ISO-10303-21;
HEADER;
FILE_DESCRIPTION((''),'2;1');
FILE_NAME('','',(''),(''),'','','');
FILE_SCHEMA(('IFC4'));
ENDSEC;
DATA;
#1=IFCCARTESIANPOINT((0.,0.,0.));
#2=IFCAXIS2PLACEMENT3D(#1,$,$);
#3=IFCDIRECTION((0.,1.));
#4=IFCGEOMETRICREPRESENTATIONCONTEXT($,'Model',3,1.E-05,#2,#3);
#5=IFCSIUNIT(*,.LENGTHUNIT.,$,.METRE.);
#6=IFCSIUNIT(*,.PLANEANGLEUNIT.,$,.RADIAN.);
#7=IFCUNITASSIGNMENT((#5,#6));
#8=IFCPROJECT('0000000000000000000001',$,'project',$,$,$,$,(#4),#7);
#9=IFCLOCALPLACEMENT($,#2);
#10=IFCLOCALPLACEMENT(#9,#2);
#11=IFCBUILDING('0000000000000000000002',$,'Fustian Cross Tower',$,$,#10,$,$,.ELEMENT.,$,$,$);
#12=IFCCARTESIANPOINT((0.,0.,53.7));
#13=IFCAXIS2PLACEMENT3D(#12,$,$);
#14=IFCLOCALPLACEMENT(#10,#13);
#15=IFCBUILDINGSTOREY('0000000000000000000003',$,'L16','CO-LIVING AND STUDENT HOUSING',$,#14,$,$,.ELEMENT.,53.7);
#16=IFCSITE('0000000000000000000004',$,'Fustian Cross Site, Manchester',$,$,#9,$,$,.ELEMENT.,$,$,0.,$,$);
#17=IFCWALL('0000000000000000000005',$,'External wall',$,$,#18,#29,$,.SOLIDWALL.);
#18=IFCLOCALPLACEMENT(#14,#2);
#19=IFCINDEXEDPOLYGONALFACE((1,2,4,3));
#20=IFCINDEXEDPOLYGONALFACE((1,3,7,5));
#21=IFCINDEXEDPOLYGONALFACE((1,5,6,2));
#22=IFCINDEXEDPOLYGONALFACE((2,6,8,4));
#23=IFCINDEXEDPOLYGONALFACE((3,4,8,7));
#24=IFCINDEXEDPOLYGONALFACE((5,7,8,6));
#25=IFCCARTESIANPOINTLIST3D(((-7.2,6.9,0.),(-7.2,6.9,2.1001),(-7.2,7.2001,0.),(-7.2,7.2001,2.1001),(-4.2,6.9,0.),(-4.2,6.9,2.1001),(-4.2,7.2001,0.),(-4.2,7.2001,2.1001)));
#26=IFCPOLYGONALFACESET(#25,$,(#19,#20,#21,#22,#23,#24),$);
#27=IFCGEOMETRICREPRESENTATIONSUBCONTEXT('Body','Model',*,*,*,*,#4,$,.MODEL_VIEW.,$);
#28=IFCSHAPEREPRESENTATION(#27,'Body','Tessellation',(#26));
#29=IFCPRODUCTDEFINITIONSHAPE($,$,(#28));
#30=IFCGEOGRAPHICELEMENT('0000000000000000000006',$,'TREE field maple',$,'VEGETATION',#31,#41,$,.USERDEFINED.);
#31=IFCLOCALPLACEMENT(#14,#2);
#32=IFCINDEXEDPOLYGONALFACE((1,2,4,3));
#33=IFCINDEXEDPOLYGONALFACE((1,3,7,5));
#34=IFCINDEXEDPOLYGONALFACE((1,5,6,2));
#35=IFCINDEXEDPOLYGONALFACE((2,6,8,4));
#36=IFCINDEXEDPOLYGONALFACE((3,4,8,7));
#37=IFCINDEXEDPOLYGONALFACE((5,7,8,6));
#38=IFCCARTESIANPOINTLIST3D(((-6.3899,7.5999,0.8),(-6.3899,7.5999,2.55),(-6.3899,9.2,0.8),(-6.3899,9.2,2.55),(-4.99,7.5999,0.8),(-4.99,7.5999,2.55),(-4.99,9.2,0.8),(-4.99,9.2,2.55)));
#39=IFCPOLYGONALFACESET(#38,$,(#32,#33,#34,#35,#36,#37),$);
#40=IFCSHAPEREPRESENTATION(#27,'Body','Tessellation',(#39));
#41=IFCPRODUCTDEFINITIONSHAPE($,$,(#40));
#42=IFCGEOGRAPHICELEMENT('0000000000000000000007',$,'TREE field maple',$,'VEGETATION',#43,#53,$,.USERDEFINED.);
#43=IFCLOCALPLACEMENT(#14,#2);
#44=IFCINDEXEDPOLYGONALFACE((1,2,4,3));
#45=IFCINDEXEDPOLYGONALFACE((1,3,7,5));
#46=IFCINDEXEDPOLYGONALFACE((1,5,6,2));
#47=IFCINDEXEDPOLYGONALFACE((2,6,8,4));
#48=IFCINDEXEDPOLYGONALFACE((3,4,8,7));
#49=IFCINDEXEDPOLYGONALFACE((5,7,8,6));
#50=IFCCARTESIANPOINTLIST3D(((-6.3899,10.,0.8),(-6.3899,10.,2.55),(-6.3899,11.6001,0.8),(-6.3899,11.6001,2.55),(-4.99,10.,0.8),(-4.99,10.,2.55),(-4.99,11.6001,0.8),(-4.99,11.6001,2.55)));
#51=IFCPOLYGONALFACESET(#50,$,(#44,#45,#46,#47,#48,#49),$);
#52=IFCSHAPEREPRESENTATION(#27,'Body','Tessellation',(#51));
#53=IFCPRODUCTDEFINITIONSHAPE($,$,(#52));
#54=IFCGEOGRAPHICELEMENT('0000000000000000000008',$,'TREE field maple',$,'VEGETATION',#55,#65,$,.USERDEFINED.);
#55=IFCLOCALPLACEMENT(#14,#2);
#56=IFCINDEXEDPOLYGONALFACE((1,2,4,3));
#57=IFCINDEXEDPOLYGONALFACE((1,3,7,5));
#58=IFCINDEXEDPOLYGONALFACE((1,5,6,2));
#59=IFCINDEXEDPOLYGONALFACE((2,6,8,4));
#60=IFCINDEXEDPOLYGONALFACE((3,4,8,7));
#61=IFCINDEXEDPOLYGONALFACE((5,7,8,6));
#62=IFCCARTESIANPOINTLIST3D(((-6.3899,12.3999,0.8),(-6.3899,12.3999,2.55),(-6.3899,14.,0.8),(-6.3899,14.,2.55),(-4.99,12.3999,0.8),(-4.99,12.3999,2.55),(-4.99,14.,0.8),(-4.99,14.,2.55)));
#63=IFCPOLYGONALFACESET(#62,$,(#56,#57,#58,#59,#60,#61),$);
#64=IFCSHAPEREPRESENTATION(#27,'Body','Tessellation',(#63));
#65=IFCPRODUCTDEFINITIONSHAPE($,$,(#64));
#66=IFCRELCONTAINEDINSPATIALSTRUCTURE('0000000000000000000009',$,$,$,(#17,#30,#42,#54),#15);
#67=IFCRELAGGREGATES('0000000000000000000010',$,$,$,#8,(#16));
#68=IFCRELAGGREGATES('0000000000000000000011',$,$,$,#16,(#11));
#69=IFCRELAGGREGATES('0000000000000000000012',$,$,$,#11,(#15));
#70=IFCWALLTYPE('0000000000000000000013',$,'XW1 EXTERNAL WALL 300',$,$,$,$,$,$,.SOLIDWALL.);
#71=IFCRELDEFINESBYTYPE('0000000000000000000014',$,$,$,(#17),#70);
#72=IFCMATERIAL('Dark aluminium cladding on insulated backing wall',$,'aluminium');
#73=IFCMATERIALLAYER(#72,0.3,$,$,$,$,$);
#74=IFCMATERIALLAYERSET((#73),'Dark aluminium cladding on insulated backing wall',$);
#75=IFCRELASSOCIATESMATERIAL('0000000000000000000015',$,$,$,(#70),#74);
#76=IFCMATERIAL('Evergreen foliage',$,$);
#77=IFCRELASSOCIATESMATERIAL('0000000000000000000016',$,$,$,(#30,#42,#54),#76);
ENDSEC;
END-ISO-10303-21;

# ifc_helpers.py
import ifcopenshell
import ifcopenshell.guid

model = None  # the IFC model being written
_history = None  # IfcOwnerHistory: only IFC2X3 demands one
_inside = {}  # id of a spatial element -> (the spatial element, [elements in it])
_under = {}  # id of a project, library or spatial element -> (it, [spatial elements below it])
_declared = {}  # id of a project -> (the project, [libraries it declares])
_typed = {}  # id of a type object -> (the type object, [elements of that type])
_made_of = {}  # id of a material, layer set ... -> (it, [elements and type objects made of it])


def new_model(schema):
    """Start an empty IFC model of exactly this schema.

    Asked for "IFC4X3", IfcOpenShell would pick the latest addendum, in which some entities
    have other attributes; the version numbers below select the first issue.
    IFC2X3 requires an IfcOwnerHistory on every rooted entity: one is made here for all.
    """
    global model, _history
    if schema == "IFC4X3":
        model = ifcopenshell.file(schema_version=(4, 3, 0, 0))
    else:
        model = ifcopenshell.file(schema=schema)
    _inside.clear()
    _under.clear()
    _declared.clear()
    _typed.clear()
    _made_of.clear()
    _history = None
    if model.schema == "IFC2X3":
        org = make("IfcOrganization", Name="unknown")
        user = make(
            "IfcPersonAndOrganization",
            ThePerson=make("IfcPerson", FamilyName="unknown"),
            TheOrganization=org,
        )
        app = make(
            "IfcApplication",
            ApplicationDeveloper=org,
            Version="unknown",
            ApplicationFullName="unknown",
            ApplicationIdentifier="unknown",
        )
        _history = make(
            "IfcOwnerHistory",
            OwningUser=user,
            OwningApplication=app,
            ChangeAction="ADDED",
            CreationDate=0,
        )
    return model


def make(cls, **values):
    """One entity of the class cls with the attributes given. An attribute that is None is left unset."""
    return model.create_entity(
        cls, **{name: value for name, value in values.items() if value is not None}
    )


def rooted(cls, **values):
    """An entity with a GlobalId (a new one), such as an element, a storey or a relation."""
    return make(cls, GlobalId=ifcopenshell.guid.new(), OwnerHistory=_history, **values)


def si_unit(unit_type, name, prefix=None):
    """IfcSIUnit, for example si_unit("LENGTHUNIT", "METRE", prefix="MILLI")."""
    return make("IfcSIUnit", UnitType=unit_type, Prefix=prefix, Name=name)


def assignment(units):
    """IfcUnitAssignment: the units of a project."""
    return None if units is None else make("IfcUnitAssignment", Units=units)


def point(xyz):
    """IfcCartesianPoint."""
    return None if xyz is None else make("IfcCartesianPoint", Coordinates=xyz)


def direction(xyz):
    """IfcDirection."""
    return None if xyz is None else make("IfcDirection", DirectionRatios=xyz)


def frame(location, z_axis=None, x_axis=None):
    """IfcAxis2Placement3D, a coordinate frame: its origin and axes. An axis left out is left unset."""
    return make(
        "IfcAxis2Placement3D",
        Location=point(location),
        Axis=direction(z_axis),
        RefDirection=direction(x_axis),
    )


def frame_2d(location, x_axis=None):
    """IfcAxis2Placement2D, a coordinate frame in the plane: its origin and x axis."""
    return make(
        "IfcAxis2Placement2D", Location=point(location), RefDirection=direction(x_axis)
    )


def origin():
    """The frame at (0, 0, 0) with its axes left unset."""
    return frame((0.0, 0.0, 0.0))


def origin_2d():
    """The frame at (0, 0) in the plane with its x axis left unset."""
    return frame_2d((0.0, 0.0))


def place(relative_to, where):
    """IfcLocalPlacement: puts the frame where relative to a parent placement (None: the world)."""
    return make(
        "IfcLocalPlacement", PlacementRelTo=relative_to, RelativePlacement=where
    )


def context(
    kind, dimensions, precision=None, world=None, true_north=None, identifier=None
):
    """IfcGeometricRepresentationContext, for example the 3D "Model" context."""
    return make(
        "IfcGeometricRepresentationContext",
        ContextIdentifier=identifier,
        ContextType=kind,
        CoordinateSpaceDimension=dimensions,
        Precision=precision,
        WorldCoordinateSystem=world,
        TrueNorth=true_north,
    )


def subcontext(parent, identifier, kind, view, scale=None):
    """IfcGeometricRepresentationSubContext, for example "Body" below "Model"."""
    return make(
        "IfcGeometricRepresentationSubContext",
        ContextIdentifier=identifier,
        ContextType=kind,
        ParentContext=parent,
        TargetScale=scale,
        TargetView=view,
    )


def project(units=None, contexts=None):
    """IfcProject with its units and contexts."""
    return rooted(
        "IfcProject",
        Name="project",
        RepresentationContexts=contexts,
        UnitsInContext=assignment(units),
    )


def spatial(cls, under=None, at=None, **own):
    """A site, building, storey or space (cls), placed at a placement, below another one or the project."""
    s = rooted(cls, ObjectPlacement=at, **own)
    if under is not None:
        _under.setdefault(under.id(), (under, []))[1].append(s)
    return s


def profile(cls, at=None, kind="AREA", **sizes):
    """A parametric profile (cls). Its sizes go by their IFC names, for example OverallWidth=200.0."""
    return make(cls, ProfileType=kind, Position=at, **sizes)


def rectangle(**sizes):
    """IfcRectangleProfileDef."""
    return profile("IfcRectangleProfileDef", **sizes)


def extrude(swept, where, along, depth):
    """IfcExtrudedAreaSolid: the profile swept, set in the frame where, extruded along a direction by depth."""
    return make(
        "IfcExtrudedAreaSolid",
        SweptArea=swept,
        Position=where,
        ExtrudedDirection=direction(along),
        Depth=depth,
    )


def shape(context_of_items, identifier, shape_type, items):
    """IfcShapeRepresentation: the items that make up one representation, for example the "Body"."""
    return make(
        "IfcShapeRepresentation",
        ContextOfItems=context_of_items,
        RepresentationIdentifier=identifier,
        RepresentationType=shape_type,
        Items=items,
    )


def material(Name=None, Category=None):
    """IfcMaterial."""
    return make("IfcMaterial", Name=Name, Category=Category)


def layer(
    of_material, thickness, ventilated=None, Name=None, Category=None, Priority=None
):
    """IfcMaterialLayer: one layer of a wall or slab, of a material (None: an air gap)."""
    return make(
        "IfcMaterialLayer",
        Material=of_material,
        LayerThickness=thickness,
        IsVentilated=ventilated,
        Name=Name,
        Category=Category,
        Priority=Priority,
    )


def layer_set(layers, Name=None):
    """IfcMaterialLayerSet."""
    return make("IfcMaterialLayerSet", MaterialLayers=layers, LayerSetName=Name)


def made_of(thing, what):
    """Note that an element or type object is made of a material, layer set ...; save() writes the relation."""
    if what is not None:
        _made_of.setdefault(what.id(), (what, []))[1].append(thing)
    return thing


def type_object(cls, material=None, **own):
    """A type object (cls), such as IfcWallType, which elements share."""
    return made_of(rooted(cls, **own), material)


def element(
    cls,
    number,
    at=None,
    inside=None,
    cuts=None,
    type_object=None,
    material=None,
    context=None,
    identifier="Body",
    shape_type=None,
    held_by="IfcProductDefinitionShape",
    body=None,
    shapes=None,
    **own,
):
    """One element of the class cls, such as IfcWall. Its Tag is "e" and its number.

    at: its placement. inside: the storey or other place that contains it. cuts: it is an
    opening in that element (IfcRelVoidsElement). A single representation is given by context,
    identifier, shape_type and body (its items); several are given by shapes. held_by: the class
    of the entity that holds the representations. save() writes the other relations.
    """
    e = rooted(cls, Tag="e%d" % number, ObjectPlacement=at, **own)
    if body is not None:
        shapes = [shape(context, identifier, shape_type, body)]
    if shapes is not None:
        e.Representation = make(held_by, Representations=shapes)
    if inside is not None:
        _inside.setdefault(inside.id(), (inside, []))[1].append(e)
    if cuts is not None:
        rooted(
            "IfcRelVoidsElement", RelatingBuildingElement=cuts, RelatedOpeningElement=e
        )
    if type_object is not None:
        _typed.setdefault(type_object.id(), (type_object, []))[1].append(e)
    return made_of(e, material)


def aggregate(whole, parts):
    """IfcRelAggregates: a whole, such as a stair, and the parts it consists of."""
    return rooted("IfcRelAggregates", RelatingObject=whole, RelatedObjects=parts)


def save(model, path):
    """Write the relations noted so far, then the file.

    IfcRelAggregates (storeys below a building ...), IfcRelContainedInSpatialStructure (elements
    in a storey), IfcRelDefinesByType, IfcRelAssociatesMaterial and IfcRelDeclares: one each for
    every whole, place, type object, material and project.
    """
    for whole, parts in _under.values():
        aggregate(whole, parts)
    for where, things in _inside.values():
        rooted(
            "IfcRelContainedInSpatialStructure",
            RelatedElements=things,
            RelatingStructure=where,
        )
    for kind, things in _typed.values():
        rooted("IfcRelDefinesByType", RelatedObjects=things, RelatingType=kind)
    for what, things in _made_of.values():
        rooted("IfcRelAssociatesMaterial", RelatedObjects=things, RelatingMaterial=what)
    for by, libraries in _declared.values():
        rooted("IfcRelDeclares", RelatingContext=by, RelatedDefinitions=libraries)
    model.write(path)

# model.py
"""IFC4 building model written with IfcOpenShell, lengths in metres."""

from ifc_helpers import new_model, si_unit, direction, frame, frame_2d, origin, origin_2d, place, context, subcontext, project, spatial, rectangle, extrude, material, layer, layer_set, type_object, element, save


model = new_model("IFC4")

# Units and contexts
model_context = context("Model", 3, precision=1e-05, world=origin(), true_north=direction((0.0, 1.0)))
body_context = subcontext(model_context, "Body", "Model", "MODEL_VIEW")
ifc_project = project(units=[si_unit("LENGTHUNIT", "METRE"), si_unit("PLANEANGLEUNIT", "RADIAN")], contexts=[model_context])

# Site, building, storey
site_placement = place(None, origin())
site = spatial("IfcSite", under=ifc_project, at=site_placement, Name="Fustian Cross Site, Manchester", CompositionType="ELEMENT", RefElevation=0.0)
building_placement = place(site_placement, origin())
building = spatial("IfcBuilding", under=site, at=building_placement, Name="Fustian Cross Tower", CompositionType="ELEMENT")
storey_placement = place(building_placement, frame((0.0, 0.0, 53.7)))
storey = spatial("IfcBuildingStorey", under=building, at=storey_placement, Name="L16", Description="CO-LIVING AND STUDENT HOUSING", CompositionType="ELEMENT", Elevation=53.7)

# Shared definitions
ifc_material_1 = material(Name="Dark aluminium cladding on insulated backing wall", Category="aluminium")
ifc_layer_1 = layer(ifc_material_1, 0.3)
ifc_layer_set_1 = layer_set([ifc_layer_1], Name="Dark aluminium cladding on insulated backing wall")
wall_type_1 = type_object("IfcWallType", Name="XW1 EXTERNAL WALL 300", PredefinedType="SOLIDWALL", material=ifc_layer_set_1)

# Wall
wall_1_placement = place(storey_placement, frame((-4.2, 7.05, 0.0), z_axis=(0.0, 0.0, 1.0), x_axis=(-1.0, 0.0, 0.0)))
element("IfcWall", 1, at=wall_1_placement, inside=storey, type_object=wall_type_1, Name="External wall", PredefinedType="SOLIDWALL", context=body_context, shape_type="SweptSolid", body=[
    extrude(rectangle(XDim=3.0, YDim=0.3, at=frame_2d((1.5, 0.0))), origin(), (0.0, 0.0, 1.0), 2.1001),
])

# Geographic elements
ifc_material_2 = material(Name="Evergreen foliage")
for number, where, z_axis, x_axis, name in (
    (2, (-5.6899, 8.3999, 0.8), (0.0, 0.0, 1.0), (1.0, 0.0, 0.0), "TREE field maple"),
    (3, (-5.6899, 10.8, 0.8), (0.0, 0.0, 1.0), (1.0, 0.0, 0.0), "TREE field maple"),
    (4, (-5.6899, 13.2, 0.8), (0.0, 0.0, 1.0), (1.0, 0.0, 0.0), "TREE field maple"),
):
    element("IfcGeographicElement", number, at=place(storey_placement, frame(where, z_axis=z_axis, x_axis=x_axis)), inside=storey, material=ifc_material_2, Name=name, ObjectType="VEGETATION", PredefinedType="USERDEFINED", context=body_context, shape_type="SweptSolid", body=[
        extrude(rectangle(XDim=1.3999, YDim=1.6001, at=origin_2d()), origin(), (0.0, 0.0, 1.0), 1.75),
    ])

save(model, "model.ifc")
